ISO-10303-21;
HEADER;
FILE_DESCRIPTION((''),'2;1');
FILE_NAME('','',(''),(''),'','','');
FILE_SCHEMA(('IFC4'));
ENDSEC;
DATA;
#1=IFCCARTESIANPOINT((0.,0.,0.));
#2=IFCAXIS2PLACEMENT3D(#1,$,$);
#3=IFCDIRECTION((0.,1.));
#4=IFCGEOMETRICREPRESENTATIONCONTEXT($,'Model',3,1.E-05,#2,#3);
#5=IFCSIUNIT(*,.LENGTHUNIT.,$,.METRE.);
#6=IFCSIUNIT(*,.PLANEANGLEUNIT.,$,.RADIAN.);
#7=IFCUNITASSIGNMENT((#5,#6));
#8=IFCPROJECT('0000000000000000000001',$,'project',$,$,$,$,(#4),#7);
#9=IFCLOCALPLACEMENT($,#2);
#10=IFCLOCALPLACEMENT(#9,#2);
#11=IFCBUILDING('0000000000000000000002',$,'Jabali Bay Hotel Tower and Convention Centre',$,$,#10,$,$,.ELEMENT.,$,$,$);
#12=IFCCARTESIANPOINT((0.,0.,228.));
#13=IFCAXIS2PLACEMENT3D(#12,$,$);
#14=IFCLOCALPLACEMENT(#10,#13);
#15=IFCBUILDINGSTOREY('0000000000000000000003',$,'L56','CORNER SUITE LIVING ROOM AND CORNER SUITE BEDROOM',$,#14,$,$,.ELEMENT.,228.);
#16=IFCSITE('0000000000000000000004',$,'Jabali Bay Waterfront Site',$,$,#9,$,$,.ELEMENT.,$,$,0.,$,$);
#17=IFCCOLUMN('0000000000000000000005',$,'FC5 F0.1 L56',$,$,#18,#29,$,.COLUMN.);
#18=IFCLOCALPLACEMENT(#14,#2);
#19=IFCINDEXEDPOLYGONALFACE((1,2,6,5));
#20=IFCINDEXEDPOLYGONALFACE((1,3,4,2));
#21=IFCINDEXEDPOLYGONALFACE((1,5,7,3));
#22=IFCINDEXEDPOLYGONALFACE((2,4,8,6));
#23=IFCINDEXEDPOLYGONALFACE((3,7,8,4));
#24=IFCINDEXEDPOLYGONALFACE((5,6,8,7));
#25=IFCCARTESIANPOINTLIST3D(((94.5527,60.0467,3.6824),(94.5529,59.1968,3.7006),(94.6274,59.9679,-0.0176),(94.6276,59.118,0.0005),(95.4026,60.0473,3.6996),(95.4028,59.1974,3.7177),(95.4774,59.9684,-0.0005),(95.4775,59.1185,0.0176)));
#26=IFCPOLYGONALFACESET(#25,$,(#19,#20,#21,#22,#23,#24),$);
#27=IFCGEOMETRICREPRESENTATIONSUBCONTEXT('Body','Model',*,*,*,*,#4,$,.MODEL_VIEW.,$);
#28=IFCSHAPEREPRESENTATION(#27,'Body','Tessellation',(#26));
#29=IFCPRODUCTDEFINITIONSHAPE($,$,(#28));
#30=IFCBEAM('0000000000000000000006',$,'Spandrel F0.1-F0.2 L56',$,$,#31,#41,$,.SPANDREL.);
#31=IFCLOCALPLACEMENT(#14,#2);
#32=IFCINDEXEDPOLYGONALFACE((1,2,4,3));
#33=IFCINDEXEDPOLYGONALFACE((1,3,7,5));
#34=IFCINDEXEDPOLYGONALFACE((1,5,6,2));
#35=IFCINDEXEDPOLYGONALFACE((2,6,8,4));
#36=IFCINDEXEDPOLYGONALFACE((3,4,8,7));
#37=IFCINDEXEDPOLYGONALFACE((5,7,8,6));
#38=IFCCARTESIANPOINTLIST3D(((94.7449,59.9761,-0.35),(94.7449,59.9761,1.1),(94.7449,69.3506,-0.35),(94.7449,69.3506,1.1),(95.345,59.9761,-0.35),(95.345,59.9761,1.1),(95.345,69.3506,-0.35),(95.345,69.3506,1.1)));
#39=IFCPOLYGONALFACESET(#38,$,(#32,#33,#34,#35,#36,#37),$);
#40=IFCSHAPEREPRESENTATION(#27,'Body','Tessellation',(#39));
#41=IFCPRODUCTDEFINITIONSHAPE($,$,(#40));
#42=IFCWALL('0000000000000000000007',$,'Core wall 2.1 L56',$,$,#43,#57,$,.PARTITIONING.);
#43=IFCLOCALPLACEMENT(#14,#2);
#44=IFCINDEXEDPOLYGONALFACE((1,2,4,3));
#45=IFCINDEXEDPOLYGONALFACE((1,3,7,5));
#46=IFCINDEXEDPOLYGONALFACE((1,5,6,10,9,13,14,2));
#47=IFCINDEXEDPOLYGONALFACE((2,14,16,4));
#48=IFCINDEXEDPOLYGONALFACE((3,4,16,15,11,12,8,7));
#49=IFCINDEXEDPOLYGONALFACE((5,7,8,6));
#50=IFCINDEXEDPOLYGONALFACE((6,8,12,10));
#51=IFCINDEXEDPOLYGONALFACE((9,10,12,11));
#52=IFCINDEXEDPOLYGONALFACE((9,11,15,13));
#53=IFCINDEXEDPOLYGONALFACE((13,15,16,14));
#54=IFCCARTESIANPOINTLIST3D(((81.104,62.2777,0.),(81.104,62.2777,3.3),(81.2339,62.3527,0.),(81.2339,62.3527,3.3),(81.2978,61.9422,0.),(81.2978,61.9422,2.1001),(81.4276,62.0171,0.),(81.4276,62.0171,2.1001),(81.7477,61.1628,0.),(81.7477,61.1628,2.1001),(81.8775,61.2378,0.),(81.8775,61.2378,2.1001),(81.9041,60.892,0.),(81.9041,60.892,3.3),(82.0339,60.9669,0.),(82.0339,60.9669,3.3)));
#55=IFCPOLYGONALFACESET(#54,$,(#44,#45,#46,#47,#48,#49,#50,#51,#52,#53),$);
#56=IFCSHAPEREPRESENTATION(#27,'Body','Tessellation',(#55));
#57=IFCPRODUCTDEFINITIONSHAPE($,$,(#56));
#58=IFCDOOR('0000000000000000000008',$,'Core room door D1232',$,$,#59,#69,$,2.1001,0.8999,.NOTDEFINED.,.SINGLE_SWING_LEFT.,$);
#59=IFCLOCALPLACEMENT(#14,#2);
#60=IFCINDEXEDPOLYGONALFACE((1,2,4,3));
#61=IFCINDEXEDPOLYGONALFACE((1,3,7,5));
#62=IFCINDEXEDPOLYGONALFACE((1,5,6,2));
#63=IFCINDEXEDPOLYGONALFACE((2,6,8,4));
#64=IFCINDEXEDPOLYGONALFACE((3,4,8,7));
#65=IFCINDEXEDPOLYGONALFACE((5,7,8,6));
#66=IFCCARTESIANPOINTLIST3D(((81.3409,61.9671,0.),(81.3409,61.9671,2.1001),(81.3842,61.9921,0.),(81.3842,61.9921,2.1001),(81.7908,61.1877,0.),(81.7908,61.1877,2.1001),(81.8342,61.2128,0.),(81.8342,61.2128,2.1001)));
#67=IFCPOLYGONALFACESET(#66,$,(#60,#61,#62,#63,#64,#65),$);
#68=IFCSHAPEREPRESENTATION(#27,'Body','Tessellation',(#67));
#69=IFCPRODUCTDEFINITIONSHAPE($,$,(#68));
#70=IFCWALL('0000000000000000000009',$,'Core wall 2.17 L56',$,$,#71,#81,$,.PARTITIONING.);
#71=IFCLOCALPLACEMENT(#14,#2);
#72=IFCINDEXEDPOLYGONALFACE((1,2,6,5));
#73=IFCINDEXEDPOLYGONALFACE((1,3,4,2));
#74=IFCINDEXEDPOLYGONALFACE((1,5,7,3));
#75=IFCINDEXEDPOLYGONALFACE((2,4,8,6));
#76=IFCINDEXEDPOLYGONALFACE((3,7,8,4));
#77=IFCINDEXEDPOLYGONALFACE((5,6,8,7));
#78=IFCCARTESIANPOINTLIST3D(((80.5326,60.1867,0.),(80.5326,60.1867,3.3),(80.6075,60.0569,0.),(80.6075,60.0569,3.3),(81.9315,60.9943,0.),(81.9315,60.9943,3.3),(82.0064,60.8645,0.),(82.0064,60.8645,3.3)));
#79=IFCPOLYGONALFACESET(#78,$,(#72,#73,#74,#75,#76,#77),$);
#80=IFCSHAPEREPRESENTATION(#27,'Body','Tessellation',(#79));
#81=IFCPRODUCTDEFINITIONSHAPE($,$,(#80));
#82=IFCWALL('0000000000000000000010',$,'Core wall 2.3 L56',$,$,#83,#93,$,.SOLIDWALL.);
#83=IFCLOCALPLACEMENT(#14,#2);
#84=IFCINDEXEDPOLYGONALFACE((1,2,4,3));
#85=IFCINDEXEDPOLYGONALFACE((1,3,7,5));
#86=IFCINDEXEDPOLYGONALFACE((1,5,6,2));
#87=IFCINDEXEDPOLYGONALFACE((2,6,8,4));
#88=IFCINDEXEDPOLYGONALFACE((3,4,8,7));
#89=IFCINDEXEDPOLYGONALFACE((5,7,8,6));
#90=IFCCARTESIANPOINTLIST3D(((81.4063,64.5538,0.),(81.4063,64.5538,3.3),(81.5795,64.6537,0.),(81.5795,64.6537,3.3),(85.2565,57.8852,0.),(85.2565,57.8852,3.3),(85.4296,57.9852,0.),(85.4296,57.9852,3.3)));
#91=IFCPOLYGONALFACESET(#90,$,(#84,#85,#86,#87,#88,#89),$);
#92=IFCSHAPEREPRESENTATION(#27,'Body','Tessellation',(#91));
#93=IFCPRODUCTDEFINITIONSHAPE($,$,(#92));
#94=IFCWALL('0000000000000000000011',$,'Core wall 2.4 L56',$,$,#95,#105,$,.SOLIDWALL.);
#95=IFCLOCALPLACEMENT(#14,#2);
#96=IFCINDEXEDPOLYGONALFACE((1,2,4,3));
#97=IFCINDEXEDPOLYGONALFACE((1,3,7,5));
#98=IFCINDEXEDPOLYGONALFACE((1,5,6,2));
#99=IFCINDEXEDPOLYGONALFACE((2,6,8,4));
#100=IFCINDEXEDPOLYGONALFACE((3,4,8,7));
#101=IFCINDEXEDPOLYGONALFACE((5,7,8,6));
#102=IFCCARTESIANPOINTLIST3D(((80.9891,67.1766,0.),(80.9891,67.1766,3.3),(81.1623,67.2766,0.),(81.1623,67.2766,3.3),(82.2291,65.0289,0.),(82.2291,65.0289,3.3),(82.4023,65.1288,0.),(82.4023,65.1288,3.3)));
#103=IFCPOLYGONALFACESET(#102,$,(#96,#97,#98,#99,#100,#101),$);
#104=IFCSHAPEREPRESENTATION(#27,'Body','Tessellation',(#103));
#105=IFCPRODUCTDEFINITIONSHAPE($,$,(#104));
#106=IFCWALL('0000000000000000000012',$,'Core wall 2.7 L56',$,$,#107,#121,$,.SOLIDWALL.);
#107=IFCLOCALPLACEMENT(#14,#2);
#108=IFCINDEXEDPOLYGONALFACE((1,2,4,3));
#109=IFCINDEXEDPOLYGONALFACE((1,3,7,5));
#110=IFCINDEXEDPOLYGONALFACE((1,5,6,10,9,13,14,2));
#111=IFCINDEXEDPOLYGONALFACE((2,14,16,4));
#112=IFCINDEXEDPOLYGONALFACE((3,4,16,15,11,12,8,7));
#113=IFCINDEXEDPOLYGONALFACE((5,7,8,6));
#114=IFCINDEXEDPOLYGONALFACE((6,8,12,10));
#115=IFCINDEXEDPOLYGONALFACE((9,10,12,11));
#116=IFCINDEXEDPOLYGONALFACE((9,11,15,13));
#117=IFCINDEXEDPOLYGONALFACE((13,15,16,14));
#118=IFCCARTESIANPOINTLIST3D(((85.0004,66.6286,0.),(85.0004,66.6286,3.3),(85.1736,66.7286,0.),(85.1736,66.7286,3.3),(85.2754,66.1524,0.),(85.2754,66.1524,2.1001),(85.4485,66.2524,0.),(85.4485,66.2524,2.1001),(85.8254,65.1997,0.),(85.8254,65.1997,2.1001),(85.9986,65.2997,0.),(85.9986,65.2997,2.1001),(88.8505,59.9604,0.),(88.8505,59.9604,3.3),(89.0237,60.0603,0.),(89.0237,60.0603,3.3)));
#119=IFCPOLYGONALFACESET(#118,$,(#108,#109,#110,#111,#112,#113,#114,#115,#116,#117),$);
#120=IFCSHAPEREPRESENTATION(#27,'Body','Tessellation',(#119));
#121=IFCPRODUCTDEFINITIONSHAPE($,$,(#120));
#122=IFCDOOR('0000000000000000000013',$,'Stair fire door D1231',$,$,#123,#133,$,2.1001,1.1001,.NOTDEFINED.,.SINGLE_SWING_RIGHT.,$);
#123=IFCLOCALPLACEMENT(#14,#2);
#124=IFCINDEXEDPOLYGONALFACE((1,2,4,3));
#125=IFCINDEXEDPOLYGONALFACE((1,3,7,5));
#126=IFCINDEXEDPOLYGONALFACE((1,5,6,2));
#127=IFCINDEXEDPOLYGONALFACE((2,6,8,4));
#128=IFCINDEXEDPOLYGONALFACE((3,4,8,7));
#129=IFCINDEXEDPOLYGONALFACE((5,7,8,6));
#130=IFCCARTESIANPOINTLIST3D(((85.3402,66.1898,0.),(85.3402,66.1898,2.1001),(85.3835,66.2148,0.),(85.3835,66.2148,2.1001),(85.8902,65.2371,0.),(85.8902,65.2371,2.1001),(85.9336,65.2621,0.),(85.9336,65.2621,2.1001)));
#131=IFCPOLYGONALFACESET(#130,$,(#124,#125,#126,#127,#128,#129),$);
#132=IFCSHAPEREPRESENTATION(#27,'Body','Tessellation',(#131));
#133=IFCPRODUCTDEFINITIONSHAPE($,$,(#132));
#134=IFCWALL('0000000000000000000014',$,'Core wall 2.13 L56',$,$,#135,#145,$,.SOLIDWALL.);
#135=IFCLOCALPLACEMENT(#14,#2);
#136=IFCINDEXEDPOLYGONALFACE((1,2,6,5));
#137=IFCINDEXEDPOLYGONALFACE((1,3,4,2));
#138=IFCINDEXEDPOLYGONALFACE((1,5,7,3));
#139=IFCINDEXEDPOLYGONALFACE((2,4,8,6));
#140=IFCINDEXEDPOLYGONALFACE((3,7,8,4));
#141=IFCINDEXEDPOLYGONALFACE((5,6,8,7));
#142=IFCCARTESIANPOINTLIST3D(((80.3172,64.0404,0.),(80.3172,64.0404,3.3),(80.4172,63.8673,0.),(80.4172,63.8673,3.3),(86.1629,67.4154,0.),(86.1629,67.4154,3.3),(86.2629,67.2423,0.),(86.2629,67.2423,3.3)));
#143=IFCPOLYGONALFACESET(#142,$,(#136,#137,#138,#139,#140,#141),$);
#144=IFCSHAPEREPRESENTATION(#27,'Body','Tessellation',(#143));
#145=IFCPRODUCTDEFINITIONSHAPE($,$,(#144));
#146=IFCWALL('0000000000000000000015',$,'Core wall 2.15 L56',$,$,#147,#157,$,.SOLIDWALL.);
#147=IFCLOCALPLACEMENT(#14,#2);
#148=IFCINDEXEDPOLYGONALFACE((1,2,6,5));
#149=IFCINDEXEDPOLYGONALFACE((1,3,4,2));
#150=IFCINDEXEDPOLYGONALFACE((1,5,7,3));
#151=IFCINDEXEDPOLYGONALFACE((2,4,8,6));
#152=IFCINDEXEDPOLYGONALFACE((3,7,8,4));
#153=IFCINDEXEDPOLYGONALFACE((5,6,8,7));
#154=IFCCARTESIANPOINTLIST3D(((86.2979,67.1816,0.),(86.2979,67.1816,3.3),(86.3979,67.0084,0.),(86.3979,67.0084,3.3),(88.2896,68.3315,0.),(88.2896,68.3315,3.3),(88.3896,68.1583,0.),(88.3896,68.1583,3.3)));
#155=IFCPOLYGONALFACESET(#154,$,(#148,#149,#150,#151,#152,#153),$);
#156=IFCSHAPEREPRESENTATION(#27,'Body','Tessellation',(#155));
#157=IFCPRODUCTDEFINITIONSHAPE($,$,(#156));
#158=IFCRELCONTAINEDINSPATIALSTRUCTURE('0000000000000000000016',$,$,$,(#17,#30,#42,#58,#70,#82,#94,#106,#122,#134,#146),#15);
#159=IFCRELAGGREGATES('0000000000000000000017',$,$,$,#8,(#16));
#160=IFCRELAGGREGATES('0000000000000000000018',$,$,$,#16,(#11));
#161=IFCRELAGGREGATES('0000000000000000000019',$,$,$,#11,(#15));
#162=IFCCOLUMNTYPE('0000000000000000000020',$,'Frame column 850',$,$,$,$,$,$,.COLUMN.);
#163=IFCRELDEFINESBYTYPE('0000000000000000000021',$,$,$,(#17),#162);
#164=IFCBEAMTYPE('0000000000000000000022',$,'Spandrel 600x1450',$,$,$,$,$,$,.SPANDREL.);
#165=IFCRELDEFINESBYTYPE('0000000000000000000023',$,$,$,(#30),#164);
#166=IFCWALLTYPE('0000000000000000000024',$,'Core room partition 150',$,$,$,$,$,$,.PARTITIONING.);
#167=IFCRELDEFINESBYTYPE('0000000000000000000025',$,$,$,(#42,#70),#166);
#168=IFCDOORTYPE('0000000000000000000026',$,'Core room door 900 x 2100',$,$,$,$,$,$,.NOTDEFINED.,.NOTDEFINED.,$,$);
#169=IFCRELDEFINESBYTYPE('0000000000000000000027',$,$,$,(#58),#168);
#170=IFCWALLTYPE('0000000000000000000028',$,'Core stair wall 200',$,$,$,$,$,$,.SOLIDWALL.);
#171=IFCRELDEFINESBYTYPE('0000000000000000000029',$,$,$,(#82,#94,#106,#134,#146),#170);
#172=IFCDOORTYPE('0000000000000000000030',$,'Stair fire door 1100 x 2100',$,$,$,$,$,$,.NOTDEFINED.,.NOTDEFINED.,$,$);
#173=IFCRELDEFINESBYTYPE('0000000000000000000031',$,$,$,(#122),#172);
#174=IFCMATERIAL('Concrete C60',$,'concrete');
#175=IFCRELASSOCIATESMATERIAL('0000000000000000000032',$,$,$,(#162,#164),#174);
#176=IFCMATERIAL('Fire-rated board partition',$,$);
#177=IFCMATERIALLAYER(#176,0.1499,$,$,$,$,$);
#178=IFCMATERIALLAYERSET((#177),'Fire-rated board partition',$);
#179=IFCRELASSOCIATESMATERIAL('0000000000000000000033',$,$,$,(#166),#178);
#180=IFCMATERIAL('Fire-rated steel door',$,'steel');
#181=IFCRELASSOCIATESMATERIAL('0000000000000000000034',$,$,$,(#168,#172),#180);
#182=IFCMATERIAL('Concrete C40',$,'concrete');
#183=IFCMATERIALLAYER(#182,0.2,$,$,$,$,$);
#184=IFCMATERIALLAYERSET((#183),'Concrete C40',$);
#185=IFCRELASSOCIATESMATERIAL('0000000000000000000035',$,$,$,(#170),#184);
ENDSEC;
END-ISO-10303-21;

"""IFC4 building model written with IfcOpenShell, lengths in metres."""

from ifc_helpers import new_model, si_unit, direction, frame, frame_2d, origin, origin_2d, place, context, subcontext, project, spatial, rectangle, extrude, material, layer, layer_set, material_profile, profile_set, type_object, element, fill, save


model = new_model("IFC4")

# Units and contexts
model_context = context("Model", 3, precision=1e-05, world=origin(), true_north=direction((0.0, 1.0)))
body_context = subcontext(model_context, "Body", "Model", "MODEL_VIEW")
ifc_project = project(units=[si_unit("LENGTHUNIT", "METRE"), si_unit("PLANEANGLEUNIT", "RADIAN")], contexts=[model_context])

# Site, building, storey
site_placement = place(None, origin())
site = spatial("IfcSite", under=ifc_project, at=site_placement, Name="Jabali Bay Waterfront Site", CompositionType="ELEMENT", RefElevation=0.0)
building_placement = place(site_placement, origin())
building = spatial("IfcBuilding", under=site, at=building_placement, Name="Jabali Bay Hotel Tower and Convention Centre", CompositionType="ELEMENT")
storey_placement = place(building_placement, frame((0.0, 0.0, 228.0)))
storey = spatial("IfcBuildingStorey", under=building, at=storey_placement, Name="L56", Description="CORNER SUITE LIVING ROOM AND CORNER SUITE BEDROOM", CompositionType="ELEMENT", Elevation=228.0)

# Column
ifc_material_1 = material(Name="Concrete C60", Category="concrete")
ifc_material_profile_1 = material_profile(ifc_material_1, rectangle(XDim=0.8501, YDim=0.8501, at=origin_2d()), Name="Frame column 850")
ifc_profile_set_1 = profile_set([ifc_material_profile_1], Name="Concrete C60")
column_type = type_object("IfcColumnType", Name="Frame column 850", PredefinedType="COLUMN", material=ifc_profile_set_1)
column_placement = place(storey_placement, frame((95.0525, 59.5432, 0.0), z_axis=(-0.020183, 0.021304, 0.999569), x_axis=(0.000228, -0.999773, 0.021313)))
element("IfcColumn", 1, at=column_placement, inside=storey, type_object=column_type, Name="FC5 F0.1 L56", PredefinedType="COLUMN", context=body_context, shape_type="SweptSolid", body=[
    extrude(rectangle(XDim=0.8501, YDim=0.8501, at=origin_2d()), origin(), (0.0, 0.0, 1.0), 3.7017),
])

# Beam
ifc_material_profile_2 = material_profile(ifc_material_1, rectangle(XDim=0.6001, YDim=1.45, at=origin_2d()), Name="Spandrel 600x1450")
ifc_profile_set_2 = profile_set([ifc_material_profile_2], Name="Concrete C60")
beam_type = type_object("IfcBeamType", Name="Spandrel 600x1450", PredefinedType="SPANDREL", material=ifc_profile_set_2)
beam_placement = place(storey_placement, frame((95.0449, 59.9761, 0.375), z_axis=(0.0, 1.0, 0.0), x_axis=(-1.0, 0.0, 0.0)))
element("IfcBeam", 2, at=beam_placement, inside=storey, type_object=beam_type, Name="Spandrel F0.1-F0.2 L56", PredefinedType="SPANDREL", context=body_context, shape_type="SweptSolid", body=[
    extrude(rectangle(XDim=0.6001, YDim=1.45, at=origin_2d()), origin(), (0.0, 0.0, 1.0), 9.3745),
])

# Wall, opening, door
ifc_material_2 = material(Name="Fire-rated board partition")
ifc_layer_1 = layer(ifc_material_2, 0.1499)
ifc_layer_set_1 = layer_set([ifc_layer_1], Name="Fire-rated board partition")
wall_type_1 = type_object("IfcWallType", Name="Core room partition 150", PredefinedType="PARTITIONING", material=ifc_layer_set_1)
wall_1_placement = place(storey_placement, frame((81.1689, 62.3152, 0.0), z_axis=(0.0, 0.0, 1.0), x_axis=(0.499995, -0.866028, 0.0)))
wall_1 = element("IfcWall", 3, at=wall_1_placement, inside=storey, type_object=wall_type_1, Name="Core wall 2.1 L56", PredefinedType="PARTITIONING", context=body_context, shape_type="SweptSolid", body=[
    extrude(rectangle(XDim=1.6001, YDim=0.1499, at=frame_2d((0.8, 0.0))), origin(), (0.0, 0.0, 1.0), 3.3),
])
opening_1_placement = place(wall_1_placement, frame((0.3875, 0.0, 0.0)))
opening_1 = element("IfcOpeningElement", 4, at=opening_1_placement, cuts=wall_1, PredefinedType="OPENING", context=body_context, shape_type="SweptSolid", body=[
    extrude(rectangle(XDim=0.8999, YDim=2.1001, at=frame_2d((0.45, 1.05))), frame((0.0, 0.0854, 0.0), z_axis=(0.0, -1.0, 0.0), x_axis=(1.0, 0.0, 0.0)), (0.0, 0.0, 1.0), 0.1709),
])
ifc_material_3 = material(Name="Fire-rated steel door", Category="steel")
door_type_1 = type_object("IfcDoorType", Name="Core room door 900 x 2100", OperationType="NOTDEFINED", PredefinedType="NOTDEFINED", material=ifc_material_3)
door_1_placement = place(opening_1_placement, origin())
door_1 = element("IfcDoor", 5, at=door_1_placement, inside=storey, type_object=door_type_1, Name="Core room door D1232", OperationType="SINGLE_SWING_LEFT", OverallHeight=2.1001, OverallWidth=0.8999, PredefinedType="NOTDEFINED", context=body_context, shape_type="SweptSolid", body=[
    extrude(rectangle(XDim=0.8999, YDim=2.1001, at=frame_2d((0.45, 1.05))), frame((0.0, 0.0249, 0.0), z_axis=(0.0, -1.0, 0.0), x_axis=(1.0, 0.0, 0.0)), (0.0, 0.0, 1.0), 0.05),
])
fill(opening_1, door_1)

# Walls
wall_2_placement = place(storey_placement, frame((80.5701, 60.1218, 0.0), z_axis=(0.0, 0.0, 1.0), x_axis=(0.86604, 0.499975, 0.0)))
element("IfcWall", 6, at=wall_2_placement, inside=storey, type_object=wall_type_1, Name="Core wall 2.17 L56", PredefinedType="PARTITIONING", context=body_context, shape_type="SweptSolid", body=[
    extrude(rectangle(XDim=1.6152, YDim=0.1499, at=frame_2d((0.8076, 0.0))), origin(), (0.0, 0.0, 1.0), 3.3),
])
ifc_material_4 = material(Name="Concrete C40", Category="concrete")
ifc_layer_2 = layer(ifc_material_4, 0.2)
ifc_layer_set_2 = layer_set([ifc_layer_2], Name="Concrete C40")
wall_type_2 = type_object("IfcWallType", Name="Core stair wall 200", PredefinedType="SOLIDWALL", material=ifc_layer_set_2)
wall_3_placement = place(storey_placement, frame((81.4929, 64.6038, 0.0), z_axis=(0.0, 0.0, 1.0), x_axis=(0.500006, -0.866022, 0.0)))
element("IfcWall", 7, at=wall_3_placement, inside=storey, type_object=wall_type_2, Name="Core wall 2.3 L56", PredefinedType="SOLIDWALL", context=body_context, shape_type="SweptSolid", body=[
    extrude(rectangle(XDim=7.7002, YDim=0.2, at=frame_2d((3.8501, 0.0))), origin(), (0.0, 0.0, 1.0), 3.3),
])
wall_4_placement = place(storey_placement, frame((81.0757, 67.2266, 0.0), z_axis=(0.0, 0.0, 1.0), x_axis=(0.500004, -0.866023, 0.0)))
element("IfcWall", 8, at=wall_4_placement, inside=storey, type_object=wall_type_2, Name="Core wall 2.4 L56", PredefinedType="SOLIDWALL", context=body_context, shape_type="SweptSolid", body=[
    extrude(rectangle(XDim=2.48, YDim=0.2, at=frame_2d((1.24, 0.0))), origin(), (0.0, 0.0, 1.0), 3.3),
])

# Wall, opening, door
wall_5_placement = place(storey_placement, frame((85.0869, 66.6787, 0.0), z_axis=(0.0, 0.0, 1.0), x_axis=(0.50002, -0.866014, 0.0)))
wall_5 = element("IfcWall", 9, at=wall_5_placement, inside=storey, type_object=wall_type_2, Name="Core wall 2.7 L56", PredefinedType="SOLIDWALL", context=body_context, shape_type="SweptSolid", body=[
    extrude(rectangle(XDim=7.7, YDim=0.2, at=frame_2d((3.8501, 0.0))), origin(), (0.0, 0.0, 1.0), 3.3),
])
opening_2_placement = place(wall_5_placement, frame((0.55, 0.0, 0.0)))
opening_2 = element("IfcOpeningElement", 10, at=opening_2_placement, cuts=wall_5, PredefinedType="OPENING", context=body_context, shape_type="SweptSolid", body=[
    extrude(rectangle(XDim=1.1001, YDim=2.1001, at=frame_2d((0.55, 1.05))), frame((0.0, 0.1104, 0.0), z_axis=(0.0, -1.0, 0.0), x_axis=(1.0, 0.0, 0.0)), (0.0, 0.0, 1.0), 0.2209),
])
door_type_2 = type_object("IfcDoorType", Name="Stair fire door 1100 x 2100", OperationType="NOTDEFINED", PredefinedType="NOTDEFINED", material=ifc_material_3)
door_2_placement = place(opening_2_placement, origin())
door_2 = element("IfcDoor", 11, at=door_2_placement, inside=storey, type_object=door_type_2, Name="Stair fire door D1231", OperationType="SINGLE_SWING_RIGHT", OverallHeight=2.1001, OverallWidth=1.1001, PredefinedType="NOTDEFINED", context=body_context, shape_type="SweptSolid", body=[
    extrude(rectangle(XDim=1.1001, YDim=2.1001, at=frame_2d((0.55, 1.05))), frame((0.0, 0.0249, 0.0), z_axis=(0.0, -1.0, 0.0), x_axis=(1.0, 0.0, 0.0)), (0.0, 0.0, 1.0), 0.05),
])
fill(opening_2, door_2)

# Walls
wall_6_placement = place(storey_placement, frame((80.3672, 63.9539, 0.0), z_axis=(0.0, 0.0, 1.0), x_axis=(0.866027, 0.499998, 0.0)))
element("IfcWall", 12, at=wall_6_placement, inside=storey, type_object=wall_type_2, Name="Core wall 2.13 L56", PredefinedType="SOLIDWALL", context=body_context, shape_type="SweptSolid", body=[
    extrude(rectangle(XDim=6.75, YDim=0.2, at=frame_2d((3.375, 0.0))), origin(), (0.0, 0.0, 1.0), 3.3),
])
wall_7_placement = place(storey_placement, frame((86.3479, 67.095, 0.0), z_axis=(0.0, 0.0, 1.0), x_axis=(0.866026, 0.499998, 0.0)))
element("IfcWall", 13, at=wall_7_placement, inside=storey, type_object=wall_type_2, Name="Core wall 2.15 L56", PredefinedType="SOLIDWALL", context=body_context, shape_type="SweptSolid", body=[
    extrude(rectangle(XDim=2.2998, YDim=0.2, at=frame_2d((1.1499, 0.0))), origin(), (0.0, 0.0, 1.0), 3.3),
])

save(model, "model.ifc")
